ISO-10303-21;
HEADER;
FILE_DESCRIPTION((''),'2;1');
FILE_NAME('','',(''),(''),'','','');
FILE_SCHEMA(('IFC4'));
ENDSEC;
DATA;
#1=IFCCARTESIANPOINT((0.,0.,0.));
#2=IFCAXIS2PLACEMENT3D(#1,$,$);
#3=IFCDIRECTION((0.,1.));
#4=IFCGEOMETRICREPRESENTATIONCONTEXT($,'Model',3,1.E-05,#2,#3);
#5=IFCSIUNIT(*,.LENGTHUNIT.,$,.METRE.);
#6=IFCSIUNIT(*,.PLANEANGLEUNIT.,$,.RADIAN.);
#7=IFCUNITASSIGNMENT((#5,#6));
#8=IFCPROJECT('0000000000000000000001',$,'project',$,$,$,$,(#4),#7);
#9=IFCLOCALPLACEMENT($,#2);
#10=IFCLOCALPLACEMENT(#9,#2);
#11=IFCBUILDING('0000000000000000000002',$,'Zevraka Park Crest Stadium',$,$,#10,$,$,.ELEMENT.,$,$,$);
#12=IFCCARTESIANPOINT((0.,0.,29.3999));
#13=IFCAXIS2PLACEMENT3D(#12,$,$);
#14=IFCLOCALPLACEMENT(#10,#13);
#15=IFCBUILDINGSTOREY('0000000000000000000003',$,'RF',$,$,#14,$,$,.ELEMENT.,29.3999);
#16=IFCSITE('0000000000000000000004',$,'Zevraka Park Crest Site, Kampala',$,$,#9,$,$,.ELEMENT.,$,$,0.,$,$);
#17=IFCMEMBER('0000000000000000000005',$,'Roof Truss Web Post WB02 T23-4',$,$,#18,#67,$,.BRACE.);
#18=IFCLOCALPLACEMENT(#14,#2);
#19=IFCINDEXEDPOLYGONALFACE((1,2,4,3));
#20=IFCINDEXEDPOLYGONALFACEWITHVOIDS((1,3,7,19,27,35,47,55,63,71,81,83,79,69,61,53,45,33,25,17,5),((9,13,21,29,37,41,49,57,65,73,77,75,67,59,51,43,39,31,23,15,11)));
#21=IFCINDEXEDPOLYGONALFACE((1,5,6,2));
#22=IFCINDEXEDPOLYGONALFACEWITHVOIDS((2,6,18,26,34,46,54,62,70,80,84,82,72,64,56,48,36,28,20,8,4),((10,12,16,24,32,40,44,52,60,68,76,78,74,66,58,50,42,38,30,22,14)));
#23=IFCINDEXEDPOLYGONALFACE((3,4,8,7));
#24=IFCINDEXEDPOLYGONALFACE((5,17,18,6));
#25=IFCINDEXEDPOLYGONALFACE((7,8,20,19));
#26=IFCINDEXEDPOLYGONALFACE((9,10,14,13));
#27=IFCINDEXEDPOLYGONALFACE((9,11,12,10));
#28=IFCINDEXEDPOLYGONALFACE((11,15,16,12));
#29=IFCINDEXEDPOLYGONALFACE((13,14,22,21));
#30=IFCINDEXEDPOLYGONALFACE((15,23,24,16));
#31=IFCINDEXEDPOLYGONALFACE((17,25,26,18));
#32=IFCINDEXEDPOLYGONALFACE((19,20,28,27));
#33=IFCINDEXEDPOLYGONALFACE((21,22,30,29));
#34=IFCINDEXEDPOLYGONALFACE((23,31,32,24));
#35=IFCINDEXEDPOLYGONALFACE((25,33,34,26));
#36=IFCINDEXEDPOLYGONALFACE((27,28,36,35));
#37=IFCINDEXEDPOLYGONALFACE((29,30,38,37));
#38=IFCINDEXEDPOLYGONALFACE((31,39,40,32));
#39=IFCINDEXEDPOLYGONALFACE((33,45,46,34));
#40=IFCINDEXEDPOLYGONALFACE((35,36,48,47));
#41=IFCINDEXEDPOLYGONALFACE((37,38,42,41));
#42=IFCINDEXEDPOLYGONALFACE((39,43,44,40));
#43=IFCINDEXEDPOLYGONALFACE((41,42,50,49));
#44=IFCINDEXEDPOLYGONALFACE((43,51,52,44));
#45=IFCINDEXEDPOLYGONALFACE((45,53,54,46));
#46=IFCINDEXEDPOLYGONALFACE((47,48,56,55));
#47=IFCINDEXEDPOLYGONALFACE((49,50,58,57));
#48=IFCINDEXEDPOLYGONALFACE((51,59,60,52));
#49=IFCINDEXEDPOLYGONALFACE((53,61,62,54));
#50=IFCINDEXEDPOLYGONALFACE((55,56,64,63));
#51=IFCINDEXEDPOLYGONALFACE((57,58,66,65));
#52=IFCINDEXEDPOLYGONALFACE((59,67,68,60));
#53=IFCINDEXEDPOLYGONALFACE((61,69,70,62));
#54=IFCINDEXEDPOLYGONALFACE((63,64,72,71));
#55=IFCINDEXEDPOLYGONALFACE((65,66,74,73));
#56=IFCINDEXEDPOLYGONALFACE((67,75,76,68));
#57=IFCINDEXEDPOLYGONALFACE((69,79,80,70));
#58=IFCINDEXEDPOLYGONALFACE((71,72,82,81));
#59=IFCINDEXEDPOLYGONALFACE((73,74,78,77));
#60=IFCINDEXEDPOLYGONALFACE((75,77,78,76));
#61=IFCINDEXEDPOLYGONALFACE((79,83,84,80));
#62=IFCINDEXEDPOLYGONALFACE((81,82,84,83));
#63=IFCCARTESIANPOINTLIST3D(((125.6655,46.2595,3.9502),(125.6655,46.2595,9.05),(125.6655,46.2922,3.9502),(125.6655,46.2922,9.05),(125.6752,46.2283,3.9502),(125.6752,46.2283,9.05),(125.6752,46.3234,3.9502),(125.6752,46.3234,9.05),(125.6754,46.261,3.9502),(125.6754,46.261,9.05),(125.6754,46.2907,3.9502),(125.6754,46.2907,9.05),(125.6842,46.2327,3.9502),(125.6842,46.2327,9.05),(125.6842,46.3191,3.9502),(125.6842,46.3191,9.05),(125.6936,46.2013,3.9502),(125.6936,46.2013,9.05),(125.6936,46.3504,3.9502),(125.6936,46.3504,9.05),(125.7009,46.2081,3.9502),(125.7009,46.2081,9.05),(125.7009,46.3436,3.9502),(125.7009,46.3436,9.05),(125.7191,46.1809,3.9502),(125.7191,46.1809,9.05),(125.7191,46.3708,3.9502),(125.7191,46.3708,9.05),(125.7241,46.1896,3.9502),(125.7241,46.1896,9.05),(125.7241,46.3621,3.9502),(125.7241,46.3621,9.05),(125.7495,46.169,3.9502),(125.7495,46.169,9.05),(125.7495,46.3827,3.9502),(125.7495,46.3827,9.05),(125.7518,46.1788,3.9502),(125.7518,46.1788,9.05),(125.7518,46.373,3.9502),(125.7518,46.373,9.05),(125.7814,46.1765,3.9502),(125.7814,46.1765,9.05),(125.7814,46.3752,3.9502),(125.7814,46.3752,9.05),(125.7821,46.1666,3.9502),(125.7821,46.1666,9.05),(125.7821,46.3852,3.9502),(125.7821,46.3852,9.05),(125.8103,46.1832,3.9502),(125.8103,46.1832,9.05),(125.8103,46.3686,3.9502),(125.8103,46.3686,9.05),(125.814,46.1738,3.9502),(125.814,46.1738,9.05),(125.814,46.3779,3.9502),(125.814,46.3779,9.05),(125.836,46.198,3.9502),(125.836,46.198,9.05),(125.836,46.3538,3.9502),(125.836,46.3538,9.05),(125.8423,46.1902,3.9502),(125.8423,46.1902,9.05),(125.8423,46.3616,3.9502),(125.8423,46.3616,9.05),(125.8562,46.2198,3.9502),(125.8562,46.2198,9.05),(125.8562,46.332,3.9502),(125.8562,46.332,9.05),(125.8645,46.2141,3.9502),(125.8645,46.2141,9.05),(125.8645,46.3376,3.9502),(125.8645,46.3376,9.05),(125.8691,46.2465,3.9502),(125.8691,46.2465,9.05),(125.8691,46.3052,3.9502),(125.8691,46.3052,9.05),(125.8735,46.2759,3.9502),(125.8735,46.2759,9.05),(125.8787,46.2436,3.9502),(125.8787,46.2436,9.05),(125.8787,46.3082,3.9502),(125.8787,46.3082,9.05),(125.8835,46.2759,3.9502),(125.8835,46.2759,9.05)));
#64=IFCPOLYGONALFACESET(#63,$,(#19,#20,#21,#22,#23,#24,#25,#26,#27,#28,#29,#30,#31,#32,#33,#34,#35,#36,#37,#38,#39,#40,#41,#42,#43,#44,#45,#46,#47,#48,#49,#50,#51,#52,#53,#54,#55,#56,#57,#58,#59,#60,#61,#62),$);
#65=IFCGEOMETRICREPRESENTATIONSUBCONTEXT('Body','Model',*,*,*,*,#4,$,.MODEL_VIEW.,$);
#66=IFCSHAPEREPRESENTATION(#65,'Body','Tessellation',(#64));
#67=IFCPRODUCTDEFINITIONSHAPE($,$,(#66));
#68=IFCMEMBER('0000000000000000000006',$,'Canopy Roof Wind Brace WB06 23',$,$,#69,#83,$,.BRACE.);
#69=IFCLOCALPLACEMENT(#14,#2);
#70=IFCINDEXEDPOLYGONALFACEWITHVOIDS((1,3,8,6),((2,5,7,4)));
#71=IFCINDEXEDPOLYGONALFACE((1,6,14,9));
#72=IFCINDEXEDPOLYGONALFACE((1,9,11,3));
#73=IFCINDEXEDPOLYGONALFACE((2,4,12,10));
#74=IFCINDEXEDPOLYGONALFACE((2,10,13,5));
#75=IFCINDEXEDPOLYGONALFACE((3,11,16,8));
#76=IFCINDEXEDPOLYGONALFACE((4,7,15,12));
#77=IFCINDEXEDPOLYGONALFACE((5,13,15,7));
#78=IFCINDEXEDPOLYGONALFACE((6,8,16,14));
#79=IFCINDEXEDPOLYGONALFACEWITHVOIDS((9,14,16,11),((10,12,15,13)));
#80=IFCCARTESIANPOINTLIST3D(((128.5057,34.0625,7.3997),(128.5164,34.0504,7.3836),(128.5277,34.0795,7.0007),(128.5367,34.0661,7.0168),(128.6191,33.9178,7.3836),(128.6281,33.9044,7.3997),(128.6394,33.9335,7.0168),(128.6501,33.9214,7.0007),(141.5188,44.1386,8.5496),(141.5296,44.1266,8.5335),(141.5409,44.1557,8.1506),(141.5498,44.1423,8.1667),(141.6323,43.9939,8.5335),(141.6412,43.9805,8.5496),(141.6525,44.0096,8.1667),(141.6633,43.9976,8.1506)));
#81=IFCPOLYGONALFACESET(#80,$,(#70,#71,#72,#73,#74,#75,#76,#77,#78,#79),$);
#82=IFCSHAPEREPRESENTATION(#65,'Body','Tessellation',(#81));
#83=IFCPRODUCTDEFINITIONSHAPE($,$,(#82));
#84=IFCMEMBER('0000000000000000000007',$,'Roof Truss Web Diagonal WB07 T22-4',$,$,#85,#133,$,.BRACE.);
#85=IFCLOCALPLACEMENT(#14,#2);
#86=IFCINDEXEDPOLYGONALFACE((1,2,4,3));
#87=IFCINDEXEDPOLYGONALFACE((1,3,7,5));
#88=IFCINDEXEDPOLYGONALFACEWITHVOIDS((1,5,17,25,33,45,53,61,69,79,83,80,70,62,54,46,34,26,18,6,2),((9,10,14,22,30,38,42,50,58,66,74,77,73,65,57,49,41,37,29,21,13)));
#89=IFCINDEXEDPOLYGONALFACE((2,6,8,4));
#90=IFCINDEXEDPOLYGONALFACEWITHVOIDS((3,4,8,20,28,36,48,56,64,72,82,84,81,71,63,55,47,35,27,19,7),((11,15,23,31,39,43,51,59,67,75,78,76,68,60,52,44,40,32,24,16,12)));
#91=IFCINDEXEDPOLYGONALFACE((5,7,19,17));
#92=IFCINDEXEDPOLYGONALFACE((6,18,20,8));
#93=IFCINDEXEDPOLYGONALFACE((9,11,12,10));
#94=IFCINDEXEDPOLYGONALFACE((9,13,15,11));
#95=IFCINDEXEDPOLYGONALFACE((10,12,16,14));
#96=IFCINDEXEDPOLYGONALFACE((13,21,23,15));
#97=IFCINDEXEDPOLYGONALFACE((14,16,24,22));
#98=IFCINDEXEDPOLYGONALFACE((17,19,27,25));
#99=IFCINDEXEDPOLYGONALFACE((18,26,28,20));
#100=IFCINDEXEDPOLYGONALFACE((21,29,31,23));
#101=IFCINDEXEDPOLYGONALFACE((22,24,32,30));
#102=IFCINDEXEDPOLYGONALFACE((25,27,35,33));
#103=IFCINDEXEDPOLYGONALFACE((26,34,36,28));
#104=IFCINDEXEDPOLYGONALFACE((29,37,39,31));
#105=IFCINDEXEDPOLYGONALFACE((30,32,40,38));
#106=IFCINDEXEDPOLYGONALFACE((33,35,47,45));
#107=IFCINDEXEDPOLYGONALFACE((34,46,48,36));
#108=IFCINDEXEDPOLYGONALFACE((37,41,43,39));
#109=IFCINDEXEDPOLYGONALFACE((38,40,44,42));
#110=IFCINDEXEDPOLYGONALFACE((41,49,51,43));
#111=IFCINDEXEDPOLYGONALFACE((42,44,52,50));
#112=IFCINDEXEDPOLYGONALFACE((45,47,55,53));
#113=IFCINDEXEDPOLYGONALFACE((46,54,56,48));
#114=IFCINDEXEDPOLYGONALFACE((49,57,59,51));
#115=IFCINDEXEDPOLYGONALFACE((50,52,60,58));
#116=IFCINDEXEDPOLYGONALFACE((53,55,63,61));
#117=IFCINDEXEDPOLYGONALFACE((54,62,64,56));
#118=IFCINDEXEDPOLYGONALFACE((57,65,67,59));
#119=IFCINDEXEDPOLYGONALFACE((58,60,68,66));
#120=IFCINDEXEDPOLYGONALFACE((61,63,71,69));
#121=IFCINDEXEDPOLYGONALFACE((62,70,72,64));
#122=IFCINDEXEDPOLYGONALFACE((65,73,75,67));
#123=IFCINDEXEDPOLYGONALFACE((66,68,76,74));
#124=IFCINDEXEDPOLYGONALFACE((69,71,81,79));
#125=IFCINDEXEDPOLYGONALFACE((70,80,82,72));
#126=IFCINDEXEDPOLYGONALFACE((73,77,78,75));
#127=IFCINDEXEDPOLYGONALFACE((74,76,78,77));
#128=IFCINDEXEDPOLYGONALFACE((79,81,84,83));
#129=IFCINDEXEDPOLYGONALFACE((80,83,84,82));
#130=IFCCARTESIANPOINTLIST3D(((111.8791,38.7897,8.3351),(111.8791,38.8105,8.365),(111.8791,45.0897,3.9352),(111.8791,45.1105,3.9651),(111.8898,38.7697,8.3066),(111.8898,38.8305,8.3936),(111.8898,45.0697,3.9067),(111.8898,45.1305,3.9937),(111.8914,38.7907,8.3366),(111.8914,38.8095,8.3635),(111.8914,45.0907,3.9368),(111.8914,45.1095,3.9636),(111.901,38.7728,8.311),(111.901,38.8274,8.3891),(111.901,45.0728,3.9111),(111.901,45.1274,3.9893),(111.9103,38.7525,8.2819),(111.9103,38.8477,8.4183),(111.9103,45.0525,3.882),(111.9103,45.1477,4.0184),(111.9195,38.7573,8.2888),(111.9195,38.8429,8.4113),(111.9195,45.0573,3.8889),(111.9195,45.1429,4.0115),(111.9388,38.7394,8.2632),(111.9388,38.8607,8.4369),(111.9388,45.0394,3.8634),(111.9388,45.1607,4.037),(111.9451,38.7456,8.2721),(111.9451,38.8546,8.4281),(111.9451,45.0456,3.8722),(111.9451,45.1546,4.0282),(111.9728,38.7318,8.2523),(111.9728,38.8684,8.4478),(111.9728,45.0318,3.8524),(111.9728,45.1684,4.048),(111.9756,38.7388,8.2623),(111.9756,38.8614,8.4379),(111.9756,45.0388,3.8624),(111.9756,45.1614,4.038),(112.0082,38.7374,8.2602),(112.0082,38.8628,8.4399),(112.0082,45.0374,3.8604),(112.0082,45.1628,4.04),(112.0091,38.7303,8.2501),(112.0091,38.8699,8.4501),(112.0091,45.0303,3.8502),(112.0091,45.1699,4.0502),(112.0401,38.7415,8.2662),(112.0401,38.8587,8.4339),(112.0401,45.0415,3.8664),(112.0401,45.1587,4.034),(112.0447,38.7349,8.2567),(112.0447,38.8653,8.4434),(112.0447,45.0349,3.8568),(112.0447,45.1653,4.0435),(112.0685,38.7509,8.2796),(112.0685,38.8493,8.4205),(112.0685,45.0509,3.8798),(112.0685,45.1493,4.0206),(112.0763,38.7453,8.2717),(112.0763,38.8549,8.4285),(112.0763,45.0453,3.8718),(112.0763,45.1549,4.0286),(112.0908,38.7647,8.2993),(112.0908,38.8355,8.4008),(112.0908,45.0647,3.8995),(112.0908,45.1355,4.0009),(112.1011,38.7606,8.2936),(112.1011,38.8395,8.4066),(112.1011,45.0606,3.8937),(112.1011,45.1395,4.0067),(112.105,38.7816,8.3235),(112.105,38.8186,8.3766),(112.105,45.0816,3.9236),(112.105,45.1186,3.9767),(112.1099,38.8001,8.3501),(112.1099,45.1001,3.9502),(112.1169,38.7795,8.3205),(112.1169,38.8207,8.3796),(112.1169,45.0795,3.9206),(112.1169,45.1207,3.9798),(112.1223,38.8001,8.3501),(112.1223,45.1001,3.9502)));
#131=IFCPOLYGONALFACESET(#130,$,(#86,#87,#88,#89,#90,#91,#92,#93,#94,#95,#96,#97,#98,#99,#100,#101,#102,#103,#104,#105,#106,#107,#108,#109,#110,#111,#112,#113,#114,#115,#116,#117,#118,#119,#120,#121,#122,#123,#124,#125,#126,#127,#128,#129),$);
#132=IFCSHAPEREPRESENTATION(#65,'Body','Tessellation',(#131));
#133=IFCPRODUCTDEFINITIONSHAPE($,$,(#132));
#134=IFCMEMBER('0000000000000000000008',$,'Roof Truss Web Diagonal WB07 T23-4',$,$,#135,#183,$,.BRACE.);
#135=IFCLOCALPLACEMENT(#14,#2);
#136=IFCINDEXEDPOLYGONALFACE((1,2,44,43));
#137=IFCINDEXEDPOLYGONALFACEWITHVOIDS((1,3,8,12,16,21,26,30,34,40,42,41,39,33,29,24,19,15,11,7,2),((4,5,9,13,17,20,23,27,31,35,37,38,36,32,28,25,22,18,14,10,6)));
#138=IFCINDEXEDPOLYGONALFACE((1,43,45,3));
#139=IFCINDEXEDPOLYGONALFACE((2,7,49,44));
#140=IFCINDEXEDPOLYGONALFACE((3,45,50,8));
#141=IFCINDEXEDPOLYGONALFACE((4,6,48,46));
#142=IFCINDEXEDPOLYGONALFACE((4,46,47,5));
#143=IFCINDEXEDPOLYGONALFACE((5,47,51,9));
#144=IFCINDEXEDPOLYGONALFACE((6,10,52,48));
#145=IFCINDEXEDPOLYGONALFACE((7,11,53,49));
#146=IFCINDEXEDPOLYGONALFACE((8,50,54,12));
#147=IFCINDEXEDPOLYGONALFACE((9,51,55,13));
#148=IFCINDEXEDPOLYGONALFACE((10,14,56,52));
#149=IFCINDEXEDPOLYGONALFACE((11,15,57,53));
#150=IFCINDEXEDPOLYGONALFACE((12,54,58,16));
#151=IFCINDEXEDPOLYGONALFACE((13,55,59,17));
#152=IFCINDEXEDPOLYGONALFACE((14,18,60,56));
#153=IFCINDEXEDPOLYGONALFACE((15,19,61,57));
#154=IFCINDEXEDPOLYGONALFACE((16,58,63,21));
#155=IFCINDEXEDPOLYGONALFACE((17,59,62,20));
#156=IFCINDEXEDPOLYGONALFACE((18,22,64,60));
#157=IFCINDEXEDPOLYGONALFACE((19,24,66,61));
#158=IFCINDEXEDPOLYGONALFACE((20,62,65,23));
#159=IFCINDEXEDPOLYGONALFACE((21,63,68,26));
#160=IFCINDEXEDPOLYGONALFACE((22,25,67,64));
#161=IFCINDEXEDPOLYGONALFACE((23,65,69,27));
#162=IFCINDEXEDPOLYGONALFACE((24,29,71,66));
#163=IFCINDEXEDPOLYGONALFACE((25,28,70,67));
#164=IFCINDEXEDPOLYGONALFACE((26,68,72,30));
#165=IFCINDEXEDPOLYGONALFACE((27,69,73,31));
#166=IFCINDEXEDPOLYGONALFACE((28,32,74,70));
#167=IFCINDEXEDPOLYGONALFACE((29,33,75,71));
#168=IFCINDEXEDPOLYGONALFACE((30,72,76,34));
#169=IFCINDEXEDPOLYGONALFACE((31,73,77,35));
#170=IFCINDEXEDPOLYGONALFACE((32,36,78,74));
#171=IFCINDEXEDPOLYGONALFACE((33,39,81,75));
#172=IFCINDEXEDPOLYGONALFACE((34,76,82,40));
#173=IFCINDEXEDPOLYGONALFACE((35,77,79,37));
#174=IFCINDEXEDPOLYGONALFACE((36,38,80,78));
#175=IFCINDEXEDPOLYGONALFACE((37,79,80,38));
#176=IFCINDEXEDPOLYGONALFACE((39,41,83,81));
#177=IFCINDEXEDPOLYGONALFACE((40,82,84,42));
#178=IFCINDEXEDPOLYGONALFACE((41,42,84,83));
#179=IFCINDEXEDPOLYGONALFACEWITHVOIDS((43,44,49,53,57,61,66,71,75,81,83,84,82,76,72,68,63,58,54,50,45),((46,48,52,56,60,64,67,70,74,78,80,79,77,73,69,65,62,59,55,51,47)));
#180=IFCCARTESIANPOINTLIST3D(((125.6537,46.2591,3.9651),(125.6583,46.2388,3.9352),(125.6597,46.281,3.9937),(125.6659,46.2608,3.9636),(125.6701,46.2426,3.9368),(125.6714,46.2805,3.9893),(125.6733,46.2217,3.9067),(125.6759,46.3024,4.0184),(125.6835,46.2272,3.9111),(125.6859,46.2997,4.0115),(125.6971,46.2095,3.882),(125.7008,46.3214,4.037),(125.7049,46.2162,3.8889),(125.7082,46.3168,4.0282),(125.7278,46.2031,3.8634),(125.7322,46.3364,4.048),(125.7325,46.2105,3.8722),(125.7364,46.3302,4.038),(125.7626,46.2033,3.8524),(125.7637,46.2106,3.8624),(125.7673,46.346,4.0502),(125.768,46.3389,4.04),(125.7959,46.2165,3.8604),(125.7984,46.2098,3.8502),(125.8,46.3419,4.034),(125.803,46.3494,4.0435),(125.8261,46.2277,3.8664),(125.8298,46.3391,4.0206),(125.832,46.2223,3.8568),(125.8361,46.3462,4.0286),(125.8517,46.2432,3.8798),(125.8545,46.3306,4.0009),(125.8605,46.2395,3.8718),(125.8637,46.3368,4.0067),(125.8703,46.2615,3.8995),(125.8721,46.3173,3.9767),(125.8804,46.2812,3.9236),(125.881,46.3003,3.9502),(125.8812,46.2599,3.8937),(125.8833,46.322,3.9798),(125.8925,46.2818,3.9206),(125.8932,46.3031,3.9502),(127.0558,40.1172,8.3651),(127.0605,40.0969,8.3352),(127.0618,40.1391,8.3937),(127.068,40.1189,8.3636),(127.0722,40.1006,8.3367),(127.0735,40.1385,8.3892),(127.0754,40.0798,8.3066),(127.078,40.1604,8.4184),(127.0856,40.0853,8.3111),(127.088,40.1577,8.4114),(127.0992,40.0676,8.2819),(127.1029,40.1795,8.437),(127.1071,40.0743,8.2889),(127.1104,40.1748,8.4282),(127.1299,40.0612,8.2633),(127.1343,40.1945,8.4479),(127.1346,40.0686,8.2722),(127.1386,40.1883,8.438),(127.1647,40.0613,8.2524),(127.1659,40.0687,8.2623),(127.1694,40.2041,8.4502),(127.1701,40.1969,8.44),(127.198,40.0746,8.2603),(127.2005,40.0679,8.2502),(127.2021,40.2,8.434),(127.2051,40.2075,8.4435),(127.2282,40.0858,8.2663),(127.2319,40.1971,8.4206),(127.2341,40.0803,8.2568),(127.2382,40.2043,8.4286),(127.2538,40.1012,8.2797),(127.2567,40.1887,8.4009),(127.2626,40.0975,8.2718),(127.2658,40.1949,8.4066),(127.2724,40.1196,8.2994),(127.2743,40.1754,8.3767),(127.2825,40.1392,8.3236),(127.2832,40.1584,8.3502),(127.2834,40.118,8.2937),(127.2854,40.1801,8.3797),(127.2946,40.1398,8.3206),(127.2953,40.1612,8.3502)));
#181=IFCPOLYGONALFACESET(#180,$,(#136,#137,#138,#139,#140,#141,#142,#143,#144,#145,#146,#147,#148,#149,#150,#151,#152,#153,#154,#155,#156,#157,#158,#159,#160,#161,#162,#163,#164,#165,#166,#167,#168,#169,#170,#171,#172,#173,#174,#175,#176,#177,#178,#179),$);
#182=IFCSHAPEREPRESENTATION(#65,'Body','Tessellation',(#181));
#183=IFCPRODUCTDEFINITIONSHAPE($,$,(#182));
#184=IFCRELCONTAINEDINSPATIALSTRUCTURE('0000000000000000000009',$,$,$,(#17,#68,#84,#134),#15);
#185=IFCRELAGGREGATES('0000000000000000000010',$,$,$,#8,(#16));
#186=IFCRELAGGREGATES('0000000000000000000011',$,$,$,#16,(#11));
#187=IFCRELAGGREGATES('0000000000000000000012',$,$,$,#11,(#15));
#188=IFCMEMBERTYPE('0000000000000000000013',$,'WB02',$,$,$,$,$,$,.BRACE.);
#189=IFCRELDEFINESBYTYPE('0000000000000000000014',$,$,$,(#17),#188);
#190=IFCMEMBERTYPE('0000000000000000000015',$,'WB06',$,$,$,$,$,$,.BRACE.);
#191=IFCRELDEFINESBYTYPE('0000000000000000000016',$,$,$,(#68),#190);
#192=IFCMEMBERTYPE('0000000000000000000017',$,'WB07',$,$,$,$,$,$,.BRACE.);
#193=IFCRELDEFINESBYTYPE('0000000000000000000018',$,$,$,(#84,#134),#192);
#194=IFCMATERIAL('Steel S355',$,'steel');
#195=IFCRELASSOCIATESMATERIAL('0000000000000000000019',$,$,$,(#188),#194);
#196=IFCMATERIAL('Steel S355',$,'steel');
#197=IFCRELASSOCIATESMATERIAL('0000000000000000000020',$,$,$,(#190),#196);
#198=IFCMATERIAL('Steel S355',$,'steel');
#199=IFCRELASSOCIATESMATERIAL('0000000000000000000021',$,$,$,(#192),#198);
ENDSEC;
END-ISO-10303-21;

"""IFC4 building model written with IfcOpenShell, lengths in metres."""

from ifc_helpers import new_model, si_unit, direction, frame, origin, origin_2d, place, context, subcontext, project, spatial, hollow_rectangle, hollow_circle, extrude, material, material_profile, profile_set, type_object, element, save


model = new_model("IFC4")

# Units and contexts
model_context = context("Model", 3, precision=1e-05, world=origin(), true_north=direction((0.0, 1.0)))
body_context = subcontext(model_context, "Body", "Model", "MODEL_VIEW")
ifc_project = project(units=[si_unit("LENGTHUNIT", "METRE"), si_unit("PLANEANGLEUNIT", "RADIAN")], contexts=[model_context])

# Site, building, storey
site_placement = place(None, origin())
site = spatial("IfcSite", under=ifc_project, at=site_placement, Name="Zevraka Park Crest Site, Kampala", CompositionType="ELEMENT", RefElevation=0.0)
building_placement = place(site_placement, origin())
building = spatial("IfcBuilding", under=site, at=building_placement, Name="Zevraka Park Crest Stadium", CompositionType="ELEMENT")
storey_placement = place(building_placement, frame((0.0, 0.0, 29.3999)))
storey = spatial("IfcBuildingStorey", under=building, at=storey_placement, Name="RF", CompositionType="ELEMENT", Elevation=29.3999)

# Members
ifc_material_1 = material(Name="Steel S355", Category="steel")
ifc_material_profile_1 = material_profile(ifc_material_1, hollow_circle(Radius=0.1096, WallThickness=0.01, at=origin_2d()), Name="CHS 219.1x10")
ifc_profile_set_1 = profile_set([ifc_material_profile_1], Name="Steel S355")
member_type_1 = type_object("IfcMemberType", Name="WB02", PredefinedType="BRACE", material=ifc_profile_set_1)
for number, where, z_axis, x_axis, name in (
    (1, (125.7739, 46.2759, 3.9502), (0.0, 0.0, 1.0), (-0.22257, 0.974917, 0.0), "Roof Truss Web Post WB02 T23-4"),
):
    element("IfcMember", number, at=place(storey_placement, frame(where, z_axis=z_axis, x_axis=x_axis)), inside=storey, type_object=member_type_1, Name=name, PredefinedType="BRACE", context=body_context, shape_type="SweptSolid", body=[
        extrude(hollow_circle(Radius=0.1096, WallThickness=0.01, at=origin_2d()), origin(), (0.0, 0.0, 1.0), 5.0999),
    ])
ifc_material_2 = material(Name="Steel S355", Category="steel")
ifc_material_profile_2 = material_profile(ifc_material_2, hollow_rectangle(XDim=0.2, YDim=0.3999, WallThickness=0.0161, at=origin_2d()), Name="RHS 400x200x16")
ifc_profile_set_2 = profile_set([ifc_material_profile_2], Name="Steel S355")
member_type_2 = type_object("IfcMemberType", Name="WB06", PredefinedType="BRACE", material=ifc_profile_set_2)
member_1_placement = place(storey_placement, frame((128.5779, 33.9919, 7.2002), z_axis=(0.788758, 0.610739, 0.069698), x_axis=(-0.612228, 0.790681, 0.0)))
element("IfcMember", 2, at=member_1_placement, inside=storey, type_object=member_type_2, Name="Canopy Roof Wind Brace WB06 23", PredefinedType="BRACE", context=body_context, shape_type="SweptSolid", body=[
    extrude(hollow_rectangle(XDim=0.2, YDim=0.3999, WallThickness=0.0161, at=origin_2d()), origin(), (0.0, 0.0, 1.0), 16.4983),
])
ifc_material_3 = material(Name="Steel S355", Category="steel")
ifc_material_profile_3 = material_profile(ifc_material_3, hollow_circle(Radius=0.1223, WallThickness=0.0125, at=origin_2d()), Name="CHS 244.5x12.5")
ifc_profile_set_3 = profile_set([ifc_material_profile_3], Name="Steel S355")
member_type_3 = type_object("IfcMemberType", Name="WB07", PredefinedType="BRACE", material=ifc_profile_set_3)
for number, where, z_axis, x_axis, name in (
    (3, (112.0, 45.1001, 3.9502), (0.0, -0.819851, 0.572577), (1.0, 0.0, 0.0), "Roof Truss Web Diagonal WB07 T22-4"),
    (4, (125.7739, 46.2759, 3.9502), (0.182465, -0.79928, 0.572589), (0.974919, 0.222561, 0.0), "Roof Truss Web Diagonal WB07 T23-4"),
):
    element("IfcMember", number, at=place(storey_placement, frame(where, z_axis=z_axis, x_axis=x_axis)), inside=storey, type_object=member_type_3, Name=name, PredefinedType="BRACE", context=body_context, shape_type="SweptSolid", body=[
        extrude(hollow_circle(Radius=0.1223, WallThickness=0.0125, at=origin_2d()), origin(), (0.0, 0.0, 1.0), 7.6843),
    ])

save(model, "model.ifc")
